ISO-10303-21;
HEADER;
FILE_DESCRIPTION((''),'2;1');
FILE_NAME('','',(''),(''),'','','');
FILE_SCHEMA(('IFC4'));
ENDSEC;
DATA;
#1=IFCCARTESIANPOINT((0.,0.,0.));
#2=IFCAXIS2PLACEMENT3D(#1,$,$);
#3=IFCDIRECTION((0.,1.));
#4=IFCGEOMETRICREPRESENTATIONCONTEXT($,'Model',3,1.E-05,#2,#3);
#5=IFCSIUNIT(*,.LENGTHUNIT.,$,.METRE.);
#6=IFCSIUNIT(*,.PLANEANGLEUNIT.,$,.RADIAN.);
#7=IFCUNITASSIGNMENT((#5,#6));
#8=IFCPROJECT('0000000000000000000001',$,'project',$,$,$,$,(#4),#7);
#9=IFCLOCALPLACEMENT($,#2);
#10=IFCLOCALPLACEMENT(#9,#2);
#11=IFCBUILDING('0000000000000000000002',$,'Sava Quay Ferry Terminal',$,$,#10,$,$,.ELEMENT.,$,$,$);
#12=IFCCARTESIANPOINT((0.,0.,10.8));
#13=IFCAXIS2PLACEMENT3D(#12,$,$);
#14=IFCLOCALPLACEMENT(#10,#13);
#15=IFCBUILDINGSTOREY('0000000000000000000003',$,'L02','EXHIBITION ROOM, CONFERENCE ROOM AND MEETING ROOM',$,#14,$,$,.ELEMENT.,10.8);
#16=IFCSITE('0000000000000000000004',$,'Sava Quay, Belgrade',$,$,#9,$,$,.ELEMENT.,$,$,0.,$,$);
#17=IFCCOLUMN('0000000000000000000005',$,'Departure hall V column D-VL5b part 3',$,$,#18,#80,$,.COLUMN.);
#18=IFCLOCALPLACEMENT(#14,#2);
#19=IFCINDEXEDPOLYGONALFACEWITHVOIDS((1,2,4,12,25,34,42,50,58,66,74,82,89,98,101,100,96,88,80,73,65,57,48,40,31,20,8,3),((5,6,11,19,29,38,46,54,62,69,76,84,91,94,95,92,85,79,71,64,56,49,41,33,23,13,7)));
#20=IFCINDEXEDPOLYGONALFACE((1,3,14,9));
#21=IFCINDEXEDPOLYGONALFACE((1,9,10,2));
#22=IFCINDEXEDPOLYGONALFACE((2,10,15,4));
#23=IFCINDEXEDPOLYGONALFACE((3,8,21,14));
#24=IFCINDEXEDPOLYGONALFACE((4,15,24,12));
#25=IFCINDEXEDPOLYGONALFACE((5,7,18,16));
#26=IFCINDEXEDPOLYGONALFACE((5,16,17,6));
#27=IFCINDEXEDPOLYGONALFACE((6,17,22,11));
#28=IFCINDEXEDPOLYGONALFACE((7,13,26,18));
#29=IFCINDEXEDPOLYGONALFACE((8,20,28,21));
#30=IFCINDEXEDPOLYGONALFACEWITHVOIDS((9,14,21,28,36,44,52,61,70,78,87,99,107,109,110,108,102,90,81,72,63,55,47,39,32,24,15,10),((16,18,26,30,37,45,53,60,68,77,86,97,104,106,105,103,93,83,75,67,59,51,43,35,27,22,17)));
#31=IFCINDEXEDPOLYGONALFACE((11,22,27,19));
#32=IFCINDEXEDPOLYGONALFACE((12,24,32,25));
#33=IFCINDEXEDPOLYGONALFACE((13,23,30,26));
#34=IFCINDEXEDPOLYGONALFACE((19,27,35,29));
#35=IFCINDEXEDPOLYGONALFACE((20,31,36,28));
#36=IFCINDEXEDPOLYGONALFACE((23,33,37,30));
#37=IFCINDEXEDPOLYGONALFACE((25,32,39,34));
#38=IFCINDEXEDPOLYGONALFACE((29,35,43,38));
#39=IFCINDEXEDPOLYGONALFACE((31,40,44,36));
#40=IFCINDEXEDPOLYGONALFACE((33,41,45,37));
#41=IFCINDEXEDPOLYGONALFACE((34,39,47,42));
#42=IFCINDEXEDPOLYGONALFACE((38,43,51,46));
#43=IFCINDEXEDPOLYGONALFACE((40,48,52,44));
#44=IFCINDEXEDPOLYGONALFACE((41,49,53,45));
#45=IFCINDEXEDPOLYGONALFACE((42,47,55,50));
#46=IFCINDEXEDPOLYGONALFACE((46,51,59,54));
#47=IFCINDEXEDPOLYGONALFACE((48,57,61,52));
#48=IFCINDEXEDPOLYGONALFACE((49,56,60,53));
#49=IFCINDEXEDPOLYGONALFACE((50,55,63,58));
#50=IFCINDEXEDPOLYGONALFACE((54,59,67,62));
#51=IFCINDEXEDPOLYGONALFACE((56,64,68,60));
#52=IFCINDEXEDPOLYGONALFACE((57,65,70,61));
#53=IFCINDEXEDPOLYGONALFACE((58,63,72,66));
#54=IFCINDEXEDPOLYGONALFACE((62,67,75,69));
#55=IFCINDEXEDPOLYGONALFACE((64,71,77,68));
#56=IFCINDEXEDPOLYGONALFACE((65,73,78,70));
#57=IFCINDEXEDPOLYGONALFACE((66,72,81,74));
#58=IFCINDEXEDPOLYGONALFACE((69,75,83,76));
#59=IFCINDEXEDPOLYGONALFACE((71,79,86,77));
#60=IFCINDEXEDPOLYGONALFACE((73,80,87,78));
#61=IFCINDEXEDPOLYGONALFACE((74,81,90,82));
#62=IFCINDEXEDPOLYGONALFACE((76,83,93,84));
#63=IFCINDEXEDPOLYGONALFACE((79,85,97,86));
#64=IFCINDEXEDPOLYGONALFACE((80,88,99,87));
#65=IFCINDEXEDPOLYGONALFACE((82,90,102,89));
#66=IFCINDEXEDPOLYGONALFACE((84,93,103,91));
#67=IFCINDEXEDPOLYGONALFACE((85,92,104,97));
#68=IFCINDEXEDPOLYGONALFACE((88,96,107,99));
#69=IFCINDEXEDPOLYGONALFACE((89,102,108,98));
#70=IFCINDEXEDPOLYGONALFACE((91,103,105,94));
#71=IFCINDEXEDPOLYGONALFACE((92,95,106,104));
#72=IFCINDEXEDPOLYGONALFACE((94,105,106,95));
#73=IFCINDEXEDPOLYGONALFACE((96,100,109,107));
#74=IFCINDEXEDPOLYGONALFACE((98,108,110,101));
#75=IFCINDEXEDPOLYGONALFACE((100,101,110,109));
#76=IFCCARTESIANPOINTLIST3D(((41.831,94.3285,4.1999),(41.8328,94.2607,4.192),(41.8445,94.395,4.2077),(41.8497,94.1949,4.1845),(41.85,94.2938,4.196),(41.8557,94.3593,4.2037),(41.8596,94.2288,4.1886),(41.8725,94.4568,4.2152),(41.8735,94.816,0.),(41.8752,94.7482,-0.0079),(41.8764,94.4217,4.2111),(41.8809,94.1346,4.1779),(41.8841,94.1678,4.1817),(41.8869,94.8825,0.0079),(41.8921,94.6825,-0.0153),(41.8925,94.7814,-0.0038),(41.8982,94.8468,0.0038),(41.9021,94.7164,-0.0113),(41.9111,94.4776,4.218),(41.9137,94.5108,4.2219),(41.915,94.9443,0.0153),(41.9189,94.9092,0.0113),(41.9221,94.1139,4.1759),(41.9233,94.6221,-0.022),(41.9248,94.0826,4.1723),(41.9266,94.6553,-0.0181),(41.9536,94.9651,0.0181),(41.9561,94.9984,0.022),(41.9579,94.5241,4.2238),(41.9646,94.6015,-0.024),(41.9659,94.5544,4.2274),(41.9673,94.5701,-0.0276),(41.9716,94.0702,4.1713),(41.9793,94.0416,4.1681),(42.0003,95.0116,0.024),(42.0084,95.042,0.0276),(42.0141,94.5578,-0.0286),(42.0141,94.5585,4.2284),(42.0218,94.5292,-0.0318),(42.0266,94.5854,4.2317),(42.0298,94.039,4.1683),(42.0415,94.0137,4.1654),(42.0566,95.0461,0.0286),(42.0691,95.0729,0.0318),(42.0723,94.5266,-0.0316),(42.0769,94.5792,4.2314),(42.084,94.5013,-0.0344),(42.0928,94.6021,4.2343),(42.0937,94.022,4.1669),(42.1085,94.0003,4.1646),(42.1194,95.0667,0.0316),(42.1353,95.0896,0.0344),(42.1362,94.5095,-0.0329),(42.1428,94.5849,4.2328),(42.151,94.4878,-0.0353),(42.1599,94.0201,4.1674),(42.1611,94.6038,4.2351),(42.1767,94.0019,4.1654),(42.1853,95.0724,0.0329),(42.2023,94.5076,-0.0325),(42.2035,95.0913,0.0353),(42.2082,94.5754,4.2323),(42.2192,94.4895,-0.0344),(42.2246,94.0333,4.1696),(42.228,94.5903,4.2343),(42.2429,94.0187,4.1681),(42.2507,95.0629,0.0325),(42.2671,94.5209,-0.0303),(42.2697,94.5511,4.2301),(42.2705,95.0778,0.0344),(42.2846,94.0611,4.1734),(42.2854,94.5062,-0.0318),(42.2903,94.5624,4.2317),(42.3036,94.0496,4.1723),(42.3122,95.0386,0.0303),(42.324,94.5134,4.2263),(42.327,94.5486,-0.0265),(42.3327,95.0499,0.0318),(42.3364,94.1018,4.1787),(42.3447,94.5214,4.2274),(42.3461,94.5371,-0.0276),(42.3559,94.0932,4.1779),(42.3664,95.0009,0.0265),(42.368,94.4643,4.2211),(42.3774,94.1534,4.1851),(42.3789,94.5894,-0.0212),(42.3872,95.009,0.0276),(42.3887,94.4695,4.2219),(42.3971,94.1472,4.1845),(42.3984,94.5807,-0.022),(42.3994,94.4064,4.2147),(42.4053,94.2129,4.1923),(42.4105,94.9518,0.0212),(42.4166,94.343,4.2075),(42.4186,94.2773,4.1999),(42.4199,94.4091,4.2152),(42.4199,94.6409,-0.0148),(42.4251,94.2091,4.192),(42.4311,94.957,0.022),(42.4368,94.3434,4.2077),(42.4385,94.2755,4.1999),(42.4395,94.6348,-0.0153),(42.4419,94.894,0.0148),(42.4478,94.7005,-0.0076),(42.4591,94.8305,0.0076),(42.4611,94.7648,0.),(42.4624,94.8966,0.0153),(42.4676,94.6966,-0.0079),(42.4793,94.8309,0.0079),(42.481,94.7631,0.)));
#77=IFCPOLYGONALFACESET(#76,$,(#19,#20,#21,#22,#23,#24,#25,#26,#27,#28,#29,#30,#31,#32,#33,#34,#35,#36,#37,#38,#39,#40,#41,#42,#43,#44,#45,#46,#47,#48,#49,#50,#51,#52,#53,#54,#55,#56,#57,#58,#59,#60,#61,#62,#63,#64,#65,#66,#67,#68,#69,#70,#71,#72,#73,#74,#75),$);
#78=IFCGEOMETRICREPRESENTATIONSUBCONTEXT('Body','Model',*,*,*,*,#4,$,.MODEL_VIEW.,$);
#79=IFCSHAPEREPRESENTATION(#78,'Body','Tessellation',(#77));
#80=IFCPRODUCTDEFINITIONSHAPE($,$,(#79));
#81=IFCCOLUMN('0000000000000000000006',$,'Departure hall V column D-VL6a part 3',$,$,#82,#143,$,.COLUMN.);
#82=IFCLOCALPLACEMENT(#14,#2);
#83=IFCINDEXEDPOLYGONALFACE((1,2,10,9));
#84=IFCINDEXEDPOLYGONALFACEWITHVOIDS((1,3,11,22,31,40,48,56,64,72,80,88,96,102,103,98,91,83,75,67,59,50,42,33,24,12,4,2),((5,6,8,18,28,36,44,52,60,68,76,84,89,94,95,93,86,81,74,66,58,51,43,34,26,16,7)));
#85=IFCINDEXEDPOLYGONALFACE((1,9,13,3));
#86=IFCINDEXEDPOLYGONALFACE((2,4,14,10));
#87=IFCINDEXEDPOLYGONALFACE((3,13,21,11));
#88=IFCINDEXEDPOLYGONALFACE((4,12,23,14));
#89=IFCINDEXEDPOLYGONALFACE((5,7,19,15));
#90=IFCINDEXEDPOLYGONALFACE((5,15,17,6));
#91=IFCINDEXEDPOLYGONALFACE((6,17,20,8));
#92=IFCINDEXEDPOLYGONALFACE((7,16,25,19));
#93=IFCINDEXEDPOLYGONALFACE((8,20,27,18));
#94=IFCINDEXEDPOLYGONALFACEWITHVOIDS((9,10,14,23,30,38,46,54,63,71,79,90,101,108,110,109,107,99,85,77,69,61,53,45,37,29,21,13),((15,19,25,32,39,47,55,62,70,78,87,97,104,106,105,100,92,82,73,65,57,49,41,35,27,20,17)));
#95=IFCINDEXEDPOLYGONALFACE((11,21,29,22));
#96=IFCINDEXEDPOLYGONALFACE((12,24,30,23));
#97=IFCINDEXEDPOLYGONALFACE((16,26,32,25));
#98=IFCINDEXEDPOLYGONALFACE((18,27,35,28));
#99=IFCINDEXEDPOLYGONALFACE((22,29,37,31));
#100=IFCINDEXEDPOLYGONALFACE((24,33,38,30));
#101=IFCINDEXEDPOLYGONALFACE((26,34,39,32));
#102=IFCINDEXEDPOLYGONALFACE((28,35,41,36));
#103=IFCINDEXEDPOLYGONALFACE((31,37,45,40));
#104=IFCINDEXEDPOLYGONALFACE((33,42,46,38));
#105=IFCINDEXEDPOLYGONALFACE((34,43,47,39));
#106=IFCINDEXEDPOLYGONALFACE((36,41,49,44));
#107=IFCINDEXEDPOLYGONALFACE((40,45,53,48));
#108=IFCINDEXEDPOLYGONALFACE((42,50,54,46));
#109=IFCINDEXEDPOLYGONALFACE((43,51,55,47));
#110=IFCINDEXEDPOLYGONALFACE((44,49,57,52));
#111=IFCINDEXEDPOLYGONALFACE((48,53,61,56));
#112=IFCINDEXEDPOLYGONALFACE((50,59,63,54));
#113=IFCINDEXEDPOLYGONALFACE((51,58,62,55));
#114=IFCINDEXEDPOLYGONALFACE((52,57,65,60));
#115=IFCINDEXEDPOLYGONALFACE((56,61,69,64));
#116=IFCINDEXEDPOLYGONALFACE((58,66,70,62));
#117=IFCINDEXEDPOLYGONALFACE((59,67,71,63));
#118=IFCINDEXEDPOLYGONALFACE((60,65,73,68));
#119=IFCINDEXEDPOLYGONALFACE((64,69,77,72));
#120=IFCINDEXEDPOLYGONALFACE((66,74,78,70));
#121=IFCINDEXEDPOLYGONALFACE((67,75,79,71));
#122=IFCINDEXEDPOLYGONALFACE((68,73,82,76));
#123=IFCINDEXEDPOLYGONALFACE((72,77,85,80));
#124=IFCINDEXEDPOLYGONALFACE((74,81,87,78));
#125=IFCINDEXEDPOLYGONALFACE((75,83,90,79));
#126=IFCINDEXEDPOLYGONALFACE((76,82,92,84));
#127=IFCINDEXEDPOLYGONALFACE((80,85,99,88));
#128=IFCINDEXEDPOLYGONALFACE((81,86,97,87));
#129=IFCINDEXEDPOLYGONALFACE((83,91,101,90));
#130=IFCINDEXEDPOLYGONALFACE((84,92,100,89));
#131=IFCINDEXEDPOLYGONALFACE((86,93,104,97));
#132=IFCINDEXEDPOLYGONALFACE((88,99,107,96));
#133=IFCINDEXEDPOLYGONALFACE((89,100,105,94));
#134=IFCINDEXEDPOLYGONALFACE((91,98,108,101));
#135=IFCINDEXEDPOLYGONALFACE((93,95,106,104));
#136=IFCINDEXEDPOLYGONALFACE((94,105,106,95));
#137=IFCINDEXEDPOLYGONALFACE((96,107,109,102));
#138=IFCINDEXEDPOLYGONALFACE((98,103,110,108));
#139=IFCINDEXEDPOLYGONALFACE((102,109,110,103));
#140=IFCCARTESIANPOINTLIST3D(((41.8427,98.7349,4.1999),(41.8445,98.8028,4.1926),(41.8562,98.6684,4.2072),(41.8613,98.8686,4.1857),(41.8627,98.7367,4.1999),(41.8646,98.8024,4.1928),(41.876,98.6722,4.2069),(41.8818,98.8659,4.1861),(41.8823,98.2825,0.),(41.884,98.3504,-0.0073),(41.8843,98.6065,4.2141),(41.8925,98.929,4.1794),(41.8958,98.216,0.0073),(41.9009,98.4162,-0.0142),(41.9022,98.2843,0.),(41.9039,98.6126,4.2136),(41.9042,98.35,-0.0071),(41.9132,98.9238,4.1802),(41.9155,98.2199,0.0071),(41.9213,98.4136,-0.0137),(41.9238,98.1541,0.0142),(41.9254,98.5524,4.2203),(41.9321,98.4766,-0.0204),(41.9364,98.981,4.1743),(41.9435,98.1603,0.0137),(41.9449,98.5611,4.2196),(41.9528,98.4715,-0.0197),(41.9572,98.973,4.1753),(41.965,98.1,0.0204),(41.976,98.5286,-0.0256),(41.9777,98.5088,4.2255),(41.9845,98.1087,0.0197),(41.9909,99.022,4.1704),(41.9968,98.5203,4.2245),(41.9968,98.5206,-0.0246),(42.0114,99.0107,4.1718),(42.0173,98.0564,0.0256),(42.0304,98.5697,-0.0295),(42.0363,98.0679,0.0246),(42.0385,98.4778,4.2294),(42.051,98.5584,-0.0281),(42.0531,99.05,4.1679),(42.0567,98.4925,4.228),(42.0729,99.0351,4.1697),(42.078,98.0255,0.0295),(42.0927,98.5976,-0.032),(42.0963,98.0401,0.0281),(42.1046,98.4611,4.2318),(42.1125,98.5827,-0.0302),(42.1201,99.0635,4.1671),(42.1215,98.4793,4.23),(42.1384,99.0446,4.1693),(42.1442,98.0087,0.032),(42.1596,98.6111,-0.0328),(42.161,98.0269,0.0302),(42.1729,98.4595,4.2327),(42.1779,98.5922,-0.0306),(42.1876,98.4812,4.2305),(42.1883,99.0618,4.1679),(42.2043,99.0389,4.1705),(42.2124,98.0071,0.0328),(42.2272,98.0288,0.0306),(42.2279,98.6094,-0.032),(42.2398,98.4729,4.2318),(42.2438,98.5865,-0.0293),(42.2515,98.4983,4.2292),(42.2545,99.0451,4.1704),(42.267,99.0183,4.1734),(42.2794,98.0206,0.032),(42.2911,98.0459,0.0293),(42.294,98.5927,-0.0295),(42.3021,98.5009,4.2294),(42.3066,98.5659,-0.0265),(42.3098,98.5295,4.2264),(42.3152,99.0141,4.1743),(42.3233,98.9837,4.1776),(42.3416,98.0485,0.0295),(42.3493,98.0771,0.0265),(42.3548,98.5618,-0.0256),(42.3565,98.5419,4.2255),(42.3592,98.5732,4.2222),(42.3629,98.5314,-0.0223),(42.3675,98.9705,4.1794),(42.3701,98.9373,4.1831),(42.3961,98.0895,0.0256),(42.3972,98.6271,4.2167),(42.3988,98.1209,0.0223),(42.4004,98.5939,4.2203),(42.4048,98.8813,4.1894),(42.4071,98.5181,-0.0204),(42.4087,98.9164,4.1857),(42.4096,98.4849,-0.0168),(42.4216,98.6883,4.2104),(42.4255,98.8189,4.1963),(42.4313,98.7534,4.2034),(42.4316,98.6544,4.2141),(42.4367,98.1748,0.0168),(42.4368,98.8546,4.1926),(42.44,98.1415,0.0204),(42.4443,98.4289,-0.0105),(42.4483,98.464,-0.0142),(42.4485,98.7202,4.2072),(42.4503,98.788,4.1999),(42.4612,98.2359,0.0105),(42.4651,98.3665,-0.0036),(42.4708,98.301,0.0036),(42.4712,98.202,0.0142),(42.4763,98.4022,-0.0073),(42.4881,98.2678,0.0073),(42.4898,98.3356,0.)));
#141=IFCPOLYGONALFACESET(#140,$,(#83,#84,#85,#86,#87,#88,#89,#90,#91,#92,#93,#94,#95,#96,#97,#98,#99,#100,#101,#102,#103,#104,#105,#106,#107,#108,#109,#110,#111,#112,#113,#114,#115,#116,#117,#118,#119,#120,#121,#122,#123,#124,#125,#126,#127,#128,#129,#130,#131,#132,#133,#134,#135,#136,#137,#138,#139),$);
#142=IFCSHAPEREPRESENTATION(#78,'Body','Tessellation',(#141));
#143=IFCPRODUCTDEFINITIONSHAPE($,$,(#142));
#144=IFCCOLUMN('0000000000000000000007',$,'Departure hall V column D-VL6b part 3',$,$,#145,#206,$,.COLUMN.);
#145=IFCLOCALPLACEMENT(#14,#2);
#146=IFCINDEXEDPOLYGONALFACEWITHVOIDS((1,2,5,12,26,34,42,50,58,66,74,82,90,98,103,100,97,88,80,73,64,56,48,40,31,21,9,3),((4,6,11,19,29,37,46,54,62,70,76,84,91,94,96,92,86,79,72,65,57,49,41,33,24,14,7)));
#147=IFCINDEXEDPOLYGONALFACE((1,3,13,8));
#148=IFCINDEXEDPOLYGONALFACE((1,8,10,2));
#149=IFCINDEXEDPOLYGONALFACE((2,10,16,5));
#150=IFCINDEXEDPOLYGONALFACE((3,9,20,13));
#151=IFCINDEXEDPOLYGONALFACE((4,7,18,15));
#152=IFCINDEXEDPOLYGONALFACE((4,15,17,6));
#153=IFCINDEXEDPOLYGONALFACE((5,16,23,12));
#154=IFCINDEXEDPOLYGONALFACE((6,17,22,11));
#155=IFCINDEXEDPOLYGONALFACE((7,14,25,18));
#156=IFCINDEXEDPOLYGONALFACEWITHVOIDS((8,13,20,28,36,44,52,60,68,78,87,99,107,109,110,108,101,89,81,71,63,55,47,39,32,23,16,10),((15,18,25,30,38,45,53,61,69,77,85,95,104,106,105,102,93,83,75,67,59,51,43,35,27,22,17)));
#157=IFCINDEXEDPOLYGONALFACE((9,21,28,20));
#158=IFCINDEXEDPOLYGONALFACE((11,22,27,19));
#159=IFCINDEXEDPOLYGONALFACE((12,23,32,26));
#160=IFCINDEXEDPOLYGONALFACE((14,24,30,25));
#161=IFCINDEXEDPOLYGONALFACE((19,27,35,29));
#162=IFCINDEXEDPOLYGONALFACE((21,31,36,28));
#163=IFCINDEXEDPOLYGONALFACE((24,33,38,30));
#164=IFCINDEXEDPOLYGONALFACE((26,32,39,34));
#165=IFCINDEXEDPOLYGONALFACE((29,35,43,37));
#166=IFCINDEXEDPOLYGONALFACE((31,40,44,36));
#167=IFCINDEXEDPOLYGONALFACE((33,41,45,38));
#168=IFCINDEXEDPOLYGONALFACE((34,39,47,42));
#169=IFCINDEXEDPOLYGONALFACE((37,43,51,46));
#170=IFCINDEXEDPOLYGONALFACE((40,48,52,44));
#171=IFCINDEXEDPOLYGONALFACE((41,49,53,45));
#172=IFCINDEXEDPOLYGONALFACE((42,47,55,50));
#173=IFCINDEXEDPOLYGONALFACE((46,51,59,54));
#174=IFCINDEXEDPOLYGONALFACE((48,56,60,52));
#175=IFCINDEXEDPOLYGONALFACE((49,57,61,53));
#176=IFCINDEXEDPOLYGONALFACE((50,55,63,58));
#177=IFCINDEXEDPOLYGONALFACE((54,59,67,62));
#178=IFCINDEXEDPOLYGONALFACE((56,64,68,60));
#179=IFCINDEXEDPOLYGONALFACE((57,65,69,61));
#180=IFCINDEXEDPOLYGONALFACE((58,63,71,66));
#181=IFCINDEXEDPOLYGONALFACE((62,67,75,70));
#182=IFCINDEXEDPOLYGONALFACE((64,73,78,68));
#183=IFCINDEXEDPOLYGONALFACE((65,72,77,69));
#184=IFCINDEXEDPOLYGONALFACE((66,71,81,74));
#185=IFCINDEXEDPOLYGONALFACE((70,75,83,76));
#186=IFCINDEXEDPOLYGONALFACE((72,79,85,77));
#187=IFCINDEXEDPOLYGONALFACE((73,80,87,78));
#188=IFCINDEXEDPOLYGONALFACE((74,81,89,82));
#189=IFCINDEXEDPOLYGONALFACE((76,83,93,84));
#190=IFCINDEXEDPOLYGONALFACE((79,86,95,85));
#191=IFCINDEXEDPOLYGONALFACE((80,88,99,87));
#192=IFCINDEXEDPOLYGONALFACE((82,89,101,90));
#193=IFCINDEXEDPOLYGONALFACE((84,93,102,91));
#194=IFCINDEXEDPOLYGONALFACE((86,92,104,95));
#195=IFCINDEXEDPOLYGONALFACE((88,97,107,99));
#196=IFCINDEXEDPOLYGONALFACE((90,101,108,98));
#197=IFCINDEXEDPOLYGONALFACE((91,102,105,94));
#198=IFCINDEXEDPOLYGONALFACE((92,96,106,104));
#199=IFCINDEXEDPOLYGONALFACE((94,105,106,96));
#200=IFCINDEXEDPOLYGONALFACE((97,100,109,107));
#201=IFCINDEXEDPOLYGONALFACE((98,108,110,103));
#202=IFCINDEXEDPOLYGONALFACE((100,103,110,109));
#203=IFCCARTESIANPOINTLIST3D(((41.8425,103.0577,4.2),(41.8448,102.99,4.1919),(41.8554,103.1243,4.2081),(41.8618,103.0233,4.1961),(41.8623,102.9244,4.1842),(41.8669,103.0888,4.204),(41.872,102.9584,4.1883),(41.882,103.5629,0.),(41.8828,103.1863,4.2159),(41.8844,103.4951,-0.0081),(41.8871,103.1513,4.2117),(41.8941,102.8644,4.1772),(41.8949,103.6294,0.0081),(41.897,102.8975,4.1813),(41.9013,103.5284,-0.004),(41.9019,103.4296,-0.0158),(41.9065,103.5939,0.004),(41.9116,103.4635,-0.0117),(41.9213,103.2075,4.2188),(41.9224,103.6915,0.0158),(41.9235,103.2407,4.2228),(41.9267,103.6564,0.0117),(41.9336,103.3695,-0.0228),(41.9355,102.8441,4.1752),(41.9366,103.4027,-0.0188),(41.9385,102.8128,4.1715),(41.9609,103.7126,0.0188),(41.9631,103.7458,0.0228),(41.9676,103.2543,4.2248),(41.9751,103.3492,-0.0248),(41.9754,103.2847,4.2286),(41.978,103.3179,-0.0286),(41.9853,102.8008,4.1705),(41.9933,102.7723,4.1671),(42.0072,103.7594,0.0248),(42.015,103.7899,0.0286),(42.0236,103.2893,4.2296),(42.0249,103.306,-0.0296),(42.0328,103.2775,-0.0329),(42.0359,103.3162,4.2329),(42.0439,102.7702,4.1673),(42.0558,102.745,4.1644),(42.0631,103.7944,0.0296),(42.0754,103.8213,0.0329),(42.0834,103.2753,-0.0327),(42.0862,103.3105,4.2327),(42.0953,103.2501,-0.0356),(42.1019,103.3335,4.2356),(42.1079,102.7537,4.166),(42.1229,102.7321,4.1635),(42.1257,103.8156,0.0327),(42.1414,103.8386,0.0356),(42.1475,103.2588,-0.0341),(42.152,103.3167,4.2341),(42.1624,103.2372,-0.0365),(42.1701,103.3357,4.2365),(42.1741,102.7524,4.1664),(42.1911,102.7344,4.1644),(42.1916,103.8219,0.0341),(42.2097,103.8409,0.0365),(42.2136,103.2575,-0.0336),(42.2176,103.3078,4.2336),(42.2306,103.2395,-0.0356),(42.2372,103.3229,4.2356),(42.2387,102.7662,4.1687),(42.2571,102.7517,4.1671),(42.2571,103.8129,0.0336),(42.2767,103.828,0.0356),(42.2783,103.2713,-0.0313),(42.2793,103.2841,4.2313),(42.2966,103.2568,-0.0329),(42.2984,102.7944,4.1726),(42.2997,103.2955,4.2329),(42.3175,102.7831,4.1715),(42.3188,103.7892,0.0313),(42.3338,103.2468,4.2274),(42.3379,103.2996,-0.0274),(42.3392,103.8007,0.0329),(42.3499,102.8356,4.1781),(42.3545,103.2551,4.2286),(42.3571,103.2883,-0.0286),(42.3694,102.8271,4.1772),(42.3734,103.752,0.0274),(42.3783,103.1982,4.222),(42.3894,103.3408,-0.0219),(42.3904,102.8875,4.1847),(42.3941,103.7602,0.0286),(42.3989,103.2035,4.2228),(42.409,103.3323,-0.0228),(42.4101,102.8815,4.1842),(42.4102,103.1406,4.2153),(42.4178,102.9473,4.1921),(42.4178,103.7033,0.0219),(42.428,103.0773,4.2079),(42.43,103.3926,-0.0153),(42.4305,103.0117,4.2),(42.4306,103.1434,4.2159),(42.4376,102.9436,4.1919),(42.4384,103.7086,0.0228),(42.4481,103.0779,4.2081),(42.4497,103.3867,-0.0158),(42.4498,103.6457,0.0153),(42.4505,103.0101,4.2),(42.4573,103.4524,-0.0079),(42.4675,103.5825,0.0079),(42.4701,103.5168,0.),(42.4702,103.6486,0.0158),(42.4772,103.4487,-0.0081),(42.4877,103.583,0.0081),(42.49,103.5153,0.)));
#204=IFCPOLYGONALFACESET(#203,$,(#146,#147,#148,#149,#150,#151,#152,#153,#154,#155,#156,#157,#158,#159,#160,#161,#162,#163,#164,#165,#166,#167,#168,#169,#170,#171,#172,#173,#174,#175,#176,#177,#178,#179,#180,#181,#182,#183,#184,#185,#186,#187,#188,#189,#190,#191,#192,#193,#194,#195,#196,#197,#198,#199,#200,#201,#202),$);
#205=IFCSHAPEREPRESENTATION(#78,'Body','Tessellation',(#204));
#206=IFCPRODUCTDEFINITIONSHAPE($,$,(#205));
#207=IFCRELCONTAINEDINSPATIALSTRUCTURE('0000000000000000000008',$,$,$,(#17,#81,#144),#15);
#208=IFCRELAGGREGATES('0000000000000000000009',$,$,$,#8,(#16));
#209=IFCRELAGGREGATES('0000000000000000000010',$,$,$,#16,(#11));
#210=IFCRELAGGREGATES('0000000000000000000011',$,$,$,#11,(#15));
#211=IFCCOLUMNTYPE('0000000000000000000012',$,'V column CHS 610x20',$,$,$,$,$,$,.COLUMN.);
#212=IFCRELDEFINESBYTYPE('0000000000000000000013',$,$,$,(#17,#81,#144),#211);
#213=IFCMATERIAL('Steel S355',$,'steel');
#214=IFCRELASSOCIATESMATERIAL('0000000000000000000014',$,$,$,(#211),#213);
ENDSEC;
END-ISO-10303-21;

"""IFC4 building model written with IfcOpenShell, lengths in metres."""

from ifc_helpers import new_model, si_unit, direction, frame, origin, origin_2d, place, context, subcontext, project, spatial, hollow_circle, extrude, material, material_profile, profile_set, type_object, element, save


model = new_model("IFC4")

# Units and contexts
model_context = context("Model", 3, precision=1e-05, world=origin(), true_north=direction((0.0, 1.0)))
body_context = subcontext(model_context, "Body", "Model", "MODEL_VIEW")
ifc_project = project(units=[si_unit("LENGTHUNIT", "METRE"), si_unit("PLANEANGLEUNIT", "RADIAN")], contexts=[model_context])

# Site, building, storey
site_placement = place(None, origin())
site = spatial("IfcSite", under=ifc_project, at=site_placement, Name="Sava Quay, Belgrade", CompositionType="ELEMENT", RefElevation=0.0)
building_placement = place(site_placement, origin())
building = spatial("IfcBuilding", under=site, at=building_placement, Name="Sava Quay Ferry Terminal", CompositionType="ELEMENT")
storey_placement = place(building_placement, frame((0.0, 0.0, 10.8)))
storey = spatial("IfcBuildingStorey", under=building, at=storey_placement, Name="L02", Description="EXHIBITION ROOM, CONFERENCE ROOM AND MEETING ROOM", CompositionType="ELEMENT", Elevation=10.8)

# Columns
ifc_material_1 = material(Name="Steel S355", Category="steel")
ifc_material_profile_1 = material_profile(ifc_material_1, hollow_circle(Radius=0.3049, WallThickness=0.02, at=origin_2d()), Name="CHS 610 x 20.0")
ifc_profile_set_1 = profile_set([ifc_material_profile_1], Name="Steel S355")
column_type_1 = type_object("IfcColumnType", Name="V column CHS 610x20", PredefinedType="COLUMN", material=ifc_profile_set_1)
for number, where, z_axis, x_axis, name in (
    (1, (42.1772, 94.7896, 0.0), (-0.010047, -0.115304, 0.993279), (0.996226, -0.086802, 0.0), "Departure hall V column D-VL5b part 3"),
):
    element("IfcColumn", number, at=place(storey_placement, frame(where, z_axis=z_axis, x_axis=x_axis)), inside=storey, type_object=column_type_1, Name=name, PredefinedType="COLUMN", context=body_context, shape_type="SweptSolid", body=[
        extrude(hollow_circle(Radius=0.3049, WallThickness=0.02, at=origin_2d()), origin(), (0.0, 0.0, 1.0), 4.2283),
    ])
column_1_placement = place(storey_placement, frame((42.186, 98.3091, 0.0), z_axis=(-0.009362, 0.10709, 0.994205), x_axis=(-0.9962, -0.087094, 0.0)))
element("IfcColumn", 2, at=column_1_placement, inside=storey, type_object=column_type_1, Name="Departure hall V column D-VL6a part 3", PredefinedType="COLUMN", context=body_context, shape_type="SweptSolid", body=[
    extrude(hollow_circle(Radius=0.3049, WallThickness=0.02, at=origin_2d()), origin(), (0.0, 0.0, 1.0), 4.2244),
])
column_2_placement = place(storey_placement, frame((42.186, 103.5391, 0.0), z_axis=(-0.009349, -0.119404, 0.992802), x_axis=(0.996949, -0.07806, 0.0)))
element("IfcColumn", 3, at=column_2_placement, inside=storey, type_object=column_type_1, Name="Departure hall V column D-VL6b part 3", PredefinedType="COLUMN", context=body_context, shape_type="SweptSolid", body=[
    extrude(hollow_circle(Radius=0.3049, WallThickness=0.02, at=origin_2d()), origin(), (0.0, 0.0, 1.0), 4.2305),
])

save(model, "model.ifc")
